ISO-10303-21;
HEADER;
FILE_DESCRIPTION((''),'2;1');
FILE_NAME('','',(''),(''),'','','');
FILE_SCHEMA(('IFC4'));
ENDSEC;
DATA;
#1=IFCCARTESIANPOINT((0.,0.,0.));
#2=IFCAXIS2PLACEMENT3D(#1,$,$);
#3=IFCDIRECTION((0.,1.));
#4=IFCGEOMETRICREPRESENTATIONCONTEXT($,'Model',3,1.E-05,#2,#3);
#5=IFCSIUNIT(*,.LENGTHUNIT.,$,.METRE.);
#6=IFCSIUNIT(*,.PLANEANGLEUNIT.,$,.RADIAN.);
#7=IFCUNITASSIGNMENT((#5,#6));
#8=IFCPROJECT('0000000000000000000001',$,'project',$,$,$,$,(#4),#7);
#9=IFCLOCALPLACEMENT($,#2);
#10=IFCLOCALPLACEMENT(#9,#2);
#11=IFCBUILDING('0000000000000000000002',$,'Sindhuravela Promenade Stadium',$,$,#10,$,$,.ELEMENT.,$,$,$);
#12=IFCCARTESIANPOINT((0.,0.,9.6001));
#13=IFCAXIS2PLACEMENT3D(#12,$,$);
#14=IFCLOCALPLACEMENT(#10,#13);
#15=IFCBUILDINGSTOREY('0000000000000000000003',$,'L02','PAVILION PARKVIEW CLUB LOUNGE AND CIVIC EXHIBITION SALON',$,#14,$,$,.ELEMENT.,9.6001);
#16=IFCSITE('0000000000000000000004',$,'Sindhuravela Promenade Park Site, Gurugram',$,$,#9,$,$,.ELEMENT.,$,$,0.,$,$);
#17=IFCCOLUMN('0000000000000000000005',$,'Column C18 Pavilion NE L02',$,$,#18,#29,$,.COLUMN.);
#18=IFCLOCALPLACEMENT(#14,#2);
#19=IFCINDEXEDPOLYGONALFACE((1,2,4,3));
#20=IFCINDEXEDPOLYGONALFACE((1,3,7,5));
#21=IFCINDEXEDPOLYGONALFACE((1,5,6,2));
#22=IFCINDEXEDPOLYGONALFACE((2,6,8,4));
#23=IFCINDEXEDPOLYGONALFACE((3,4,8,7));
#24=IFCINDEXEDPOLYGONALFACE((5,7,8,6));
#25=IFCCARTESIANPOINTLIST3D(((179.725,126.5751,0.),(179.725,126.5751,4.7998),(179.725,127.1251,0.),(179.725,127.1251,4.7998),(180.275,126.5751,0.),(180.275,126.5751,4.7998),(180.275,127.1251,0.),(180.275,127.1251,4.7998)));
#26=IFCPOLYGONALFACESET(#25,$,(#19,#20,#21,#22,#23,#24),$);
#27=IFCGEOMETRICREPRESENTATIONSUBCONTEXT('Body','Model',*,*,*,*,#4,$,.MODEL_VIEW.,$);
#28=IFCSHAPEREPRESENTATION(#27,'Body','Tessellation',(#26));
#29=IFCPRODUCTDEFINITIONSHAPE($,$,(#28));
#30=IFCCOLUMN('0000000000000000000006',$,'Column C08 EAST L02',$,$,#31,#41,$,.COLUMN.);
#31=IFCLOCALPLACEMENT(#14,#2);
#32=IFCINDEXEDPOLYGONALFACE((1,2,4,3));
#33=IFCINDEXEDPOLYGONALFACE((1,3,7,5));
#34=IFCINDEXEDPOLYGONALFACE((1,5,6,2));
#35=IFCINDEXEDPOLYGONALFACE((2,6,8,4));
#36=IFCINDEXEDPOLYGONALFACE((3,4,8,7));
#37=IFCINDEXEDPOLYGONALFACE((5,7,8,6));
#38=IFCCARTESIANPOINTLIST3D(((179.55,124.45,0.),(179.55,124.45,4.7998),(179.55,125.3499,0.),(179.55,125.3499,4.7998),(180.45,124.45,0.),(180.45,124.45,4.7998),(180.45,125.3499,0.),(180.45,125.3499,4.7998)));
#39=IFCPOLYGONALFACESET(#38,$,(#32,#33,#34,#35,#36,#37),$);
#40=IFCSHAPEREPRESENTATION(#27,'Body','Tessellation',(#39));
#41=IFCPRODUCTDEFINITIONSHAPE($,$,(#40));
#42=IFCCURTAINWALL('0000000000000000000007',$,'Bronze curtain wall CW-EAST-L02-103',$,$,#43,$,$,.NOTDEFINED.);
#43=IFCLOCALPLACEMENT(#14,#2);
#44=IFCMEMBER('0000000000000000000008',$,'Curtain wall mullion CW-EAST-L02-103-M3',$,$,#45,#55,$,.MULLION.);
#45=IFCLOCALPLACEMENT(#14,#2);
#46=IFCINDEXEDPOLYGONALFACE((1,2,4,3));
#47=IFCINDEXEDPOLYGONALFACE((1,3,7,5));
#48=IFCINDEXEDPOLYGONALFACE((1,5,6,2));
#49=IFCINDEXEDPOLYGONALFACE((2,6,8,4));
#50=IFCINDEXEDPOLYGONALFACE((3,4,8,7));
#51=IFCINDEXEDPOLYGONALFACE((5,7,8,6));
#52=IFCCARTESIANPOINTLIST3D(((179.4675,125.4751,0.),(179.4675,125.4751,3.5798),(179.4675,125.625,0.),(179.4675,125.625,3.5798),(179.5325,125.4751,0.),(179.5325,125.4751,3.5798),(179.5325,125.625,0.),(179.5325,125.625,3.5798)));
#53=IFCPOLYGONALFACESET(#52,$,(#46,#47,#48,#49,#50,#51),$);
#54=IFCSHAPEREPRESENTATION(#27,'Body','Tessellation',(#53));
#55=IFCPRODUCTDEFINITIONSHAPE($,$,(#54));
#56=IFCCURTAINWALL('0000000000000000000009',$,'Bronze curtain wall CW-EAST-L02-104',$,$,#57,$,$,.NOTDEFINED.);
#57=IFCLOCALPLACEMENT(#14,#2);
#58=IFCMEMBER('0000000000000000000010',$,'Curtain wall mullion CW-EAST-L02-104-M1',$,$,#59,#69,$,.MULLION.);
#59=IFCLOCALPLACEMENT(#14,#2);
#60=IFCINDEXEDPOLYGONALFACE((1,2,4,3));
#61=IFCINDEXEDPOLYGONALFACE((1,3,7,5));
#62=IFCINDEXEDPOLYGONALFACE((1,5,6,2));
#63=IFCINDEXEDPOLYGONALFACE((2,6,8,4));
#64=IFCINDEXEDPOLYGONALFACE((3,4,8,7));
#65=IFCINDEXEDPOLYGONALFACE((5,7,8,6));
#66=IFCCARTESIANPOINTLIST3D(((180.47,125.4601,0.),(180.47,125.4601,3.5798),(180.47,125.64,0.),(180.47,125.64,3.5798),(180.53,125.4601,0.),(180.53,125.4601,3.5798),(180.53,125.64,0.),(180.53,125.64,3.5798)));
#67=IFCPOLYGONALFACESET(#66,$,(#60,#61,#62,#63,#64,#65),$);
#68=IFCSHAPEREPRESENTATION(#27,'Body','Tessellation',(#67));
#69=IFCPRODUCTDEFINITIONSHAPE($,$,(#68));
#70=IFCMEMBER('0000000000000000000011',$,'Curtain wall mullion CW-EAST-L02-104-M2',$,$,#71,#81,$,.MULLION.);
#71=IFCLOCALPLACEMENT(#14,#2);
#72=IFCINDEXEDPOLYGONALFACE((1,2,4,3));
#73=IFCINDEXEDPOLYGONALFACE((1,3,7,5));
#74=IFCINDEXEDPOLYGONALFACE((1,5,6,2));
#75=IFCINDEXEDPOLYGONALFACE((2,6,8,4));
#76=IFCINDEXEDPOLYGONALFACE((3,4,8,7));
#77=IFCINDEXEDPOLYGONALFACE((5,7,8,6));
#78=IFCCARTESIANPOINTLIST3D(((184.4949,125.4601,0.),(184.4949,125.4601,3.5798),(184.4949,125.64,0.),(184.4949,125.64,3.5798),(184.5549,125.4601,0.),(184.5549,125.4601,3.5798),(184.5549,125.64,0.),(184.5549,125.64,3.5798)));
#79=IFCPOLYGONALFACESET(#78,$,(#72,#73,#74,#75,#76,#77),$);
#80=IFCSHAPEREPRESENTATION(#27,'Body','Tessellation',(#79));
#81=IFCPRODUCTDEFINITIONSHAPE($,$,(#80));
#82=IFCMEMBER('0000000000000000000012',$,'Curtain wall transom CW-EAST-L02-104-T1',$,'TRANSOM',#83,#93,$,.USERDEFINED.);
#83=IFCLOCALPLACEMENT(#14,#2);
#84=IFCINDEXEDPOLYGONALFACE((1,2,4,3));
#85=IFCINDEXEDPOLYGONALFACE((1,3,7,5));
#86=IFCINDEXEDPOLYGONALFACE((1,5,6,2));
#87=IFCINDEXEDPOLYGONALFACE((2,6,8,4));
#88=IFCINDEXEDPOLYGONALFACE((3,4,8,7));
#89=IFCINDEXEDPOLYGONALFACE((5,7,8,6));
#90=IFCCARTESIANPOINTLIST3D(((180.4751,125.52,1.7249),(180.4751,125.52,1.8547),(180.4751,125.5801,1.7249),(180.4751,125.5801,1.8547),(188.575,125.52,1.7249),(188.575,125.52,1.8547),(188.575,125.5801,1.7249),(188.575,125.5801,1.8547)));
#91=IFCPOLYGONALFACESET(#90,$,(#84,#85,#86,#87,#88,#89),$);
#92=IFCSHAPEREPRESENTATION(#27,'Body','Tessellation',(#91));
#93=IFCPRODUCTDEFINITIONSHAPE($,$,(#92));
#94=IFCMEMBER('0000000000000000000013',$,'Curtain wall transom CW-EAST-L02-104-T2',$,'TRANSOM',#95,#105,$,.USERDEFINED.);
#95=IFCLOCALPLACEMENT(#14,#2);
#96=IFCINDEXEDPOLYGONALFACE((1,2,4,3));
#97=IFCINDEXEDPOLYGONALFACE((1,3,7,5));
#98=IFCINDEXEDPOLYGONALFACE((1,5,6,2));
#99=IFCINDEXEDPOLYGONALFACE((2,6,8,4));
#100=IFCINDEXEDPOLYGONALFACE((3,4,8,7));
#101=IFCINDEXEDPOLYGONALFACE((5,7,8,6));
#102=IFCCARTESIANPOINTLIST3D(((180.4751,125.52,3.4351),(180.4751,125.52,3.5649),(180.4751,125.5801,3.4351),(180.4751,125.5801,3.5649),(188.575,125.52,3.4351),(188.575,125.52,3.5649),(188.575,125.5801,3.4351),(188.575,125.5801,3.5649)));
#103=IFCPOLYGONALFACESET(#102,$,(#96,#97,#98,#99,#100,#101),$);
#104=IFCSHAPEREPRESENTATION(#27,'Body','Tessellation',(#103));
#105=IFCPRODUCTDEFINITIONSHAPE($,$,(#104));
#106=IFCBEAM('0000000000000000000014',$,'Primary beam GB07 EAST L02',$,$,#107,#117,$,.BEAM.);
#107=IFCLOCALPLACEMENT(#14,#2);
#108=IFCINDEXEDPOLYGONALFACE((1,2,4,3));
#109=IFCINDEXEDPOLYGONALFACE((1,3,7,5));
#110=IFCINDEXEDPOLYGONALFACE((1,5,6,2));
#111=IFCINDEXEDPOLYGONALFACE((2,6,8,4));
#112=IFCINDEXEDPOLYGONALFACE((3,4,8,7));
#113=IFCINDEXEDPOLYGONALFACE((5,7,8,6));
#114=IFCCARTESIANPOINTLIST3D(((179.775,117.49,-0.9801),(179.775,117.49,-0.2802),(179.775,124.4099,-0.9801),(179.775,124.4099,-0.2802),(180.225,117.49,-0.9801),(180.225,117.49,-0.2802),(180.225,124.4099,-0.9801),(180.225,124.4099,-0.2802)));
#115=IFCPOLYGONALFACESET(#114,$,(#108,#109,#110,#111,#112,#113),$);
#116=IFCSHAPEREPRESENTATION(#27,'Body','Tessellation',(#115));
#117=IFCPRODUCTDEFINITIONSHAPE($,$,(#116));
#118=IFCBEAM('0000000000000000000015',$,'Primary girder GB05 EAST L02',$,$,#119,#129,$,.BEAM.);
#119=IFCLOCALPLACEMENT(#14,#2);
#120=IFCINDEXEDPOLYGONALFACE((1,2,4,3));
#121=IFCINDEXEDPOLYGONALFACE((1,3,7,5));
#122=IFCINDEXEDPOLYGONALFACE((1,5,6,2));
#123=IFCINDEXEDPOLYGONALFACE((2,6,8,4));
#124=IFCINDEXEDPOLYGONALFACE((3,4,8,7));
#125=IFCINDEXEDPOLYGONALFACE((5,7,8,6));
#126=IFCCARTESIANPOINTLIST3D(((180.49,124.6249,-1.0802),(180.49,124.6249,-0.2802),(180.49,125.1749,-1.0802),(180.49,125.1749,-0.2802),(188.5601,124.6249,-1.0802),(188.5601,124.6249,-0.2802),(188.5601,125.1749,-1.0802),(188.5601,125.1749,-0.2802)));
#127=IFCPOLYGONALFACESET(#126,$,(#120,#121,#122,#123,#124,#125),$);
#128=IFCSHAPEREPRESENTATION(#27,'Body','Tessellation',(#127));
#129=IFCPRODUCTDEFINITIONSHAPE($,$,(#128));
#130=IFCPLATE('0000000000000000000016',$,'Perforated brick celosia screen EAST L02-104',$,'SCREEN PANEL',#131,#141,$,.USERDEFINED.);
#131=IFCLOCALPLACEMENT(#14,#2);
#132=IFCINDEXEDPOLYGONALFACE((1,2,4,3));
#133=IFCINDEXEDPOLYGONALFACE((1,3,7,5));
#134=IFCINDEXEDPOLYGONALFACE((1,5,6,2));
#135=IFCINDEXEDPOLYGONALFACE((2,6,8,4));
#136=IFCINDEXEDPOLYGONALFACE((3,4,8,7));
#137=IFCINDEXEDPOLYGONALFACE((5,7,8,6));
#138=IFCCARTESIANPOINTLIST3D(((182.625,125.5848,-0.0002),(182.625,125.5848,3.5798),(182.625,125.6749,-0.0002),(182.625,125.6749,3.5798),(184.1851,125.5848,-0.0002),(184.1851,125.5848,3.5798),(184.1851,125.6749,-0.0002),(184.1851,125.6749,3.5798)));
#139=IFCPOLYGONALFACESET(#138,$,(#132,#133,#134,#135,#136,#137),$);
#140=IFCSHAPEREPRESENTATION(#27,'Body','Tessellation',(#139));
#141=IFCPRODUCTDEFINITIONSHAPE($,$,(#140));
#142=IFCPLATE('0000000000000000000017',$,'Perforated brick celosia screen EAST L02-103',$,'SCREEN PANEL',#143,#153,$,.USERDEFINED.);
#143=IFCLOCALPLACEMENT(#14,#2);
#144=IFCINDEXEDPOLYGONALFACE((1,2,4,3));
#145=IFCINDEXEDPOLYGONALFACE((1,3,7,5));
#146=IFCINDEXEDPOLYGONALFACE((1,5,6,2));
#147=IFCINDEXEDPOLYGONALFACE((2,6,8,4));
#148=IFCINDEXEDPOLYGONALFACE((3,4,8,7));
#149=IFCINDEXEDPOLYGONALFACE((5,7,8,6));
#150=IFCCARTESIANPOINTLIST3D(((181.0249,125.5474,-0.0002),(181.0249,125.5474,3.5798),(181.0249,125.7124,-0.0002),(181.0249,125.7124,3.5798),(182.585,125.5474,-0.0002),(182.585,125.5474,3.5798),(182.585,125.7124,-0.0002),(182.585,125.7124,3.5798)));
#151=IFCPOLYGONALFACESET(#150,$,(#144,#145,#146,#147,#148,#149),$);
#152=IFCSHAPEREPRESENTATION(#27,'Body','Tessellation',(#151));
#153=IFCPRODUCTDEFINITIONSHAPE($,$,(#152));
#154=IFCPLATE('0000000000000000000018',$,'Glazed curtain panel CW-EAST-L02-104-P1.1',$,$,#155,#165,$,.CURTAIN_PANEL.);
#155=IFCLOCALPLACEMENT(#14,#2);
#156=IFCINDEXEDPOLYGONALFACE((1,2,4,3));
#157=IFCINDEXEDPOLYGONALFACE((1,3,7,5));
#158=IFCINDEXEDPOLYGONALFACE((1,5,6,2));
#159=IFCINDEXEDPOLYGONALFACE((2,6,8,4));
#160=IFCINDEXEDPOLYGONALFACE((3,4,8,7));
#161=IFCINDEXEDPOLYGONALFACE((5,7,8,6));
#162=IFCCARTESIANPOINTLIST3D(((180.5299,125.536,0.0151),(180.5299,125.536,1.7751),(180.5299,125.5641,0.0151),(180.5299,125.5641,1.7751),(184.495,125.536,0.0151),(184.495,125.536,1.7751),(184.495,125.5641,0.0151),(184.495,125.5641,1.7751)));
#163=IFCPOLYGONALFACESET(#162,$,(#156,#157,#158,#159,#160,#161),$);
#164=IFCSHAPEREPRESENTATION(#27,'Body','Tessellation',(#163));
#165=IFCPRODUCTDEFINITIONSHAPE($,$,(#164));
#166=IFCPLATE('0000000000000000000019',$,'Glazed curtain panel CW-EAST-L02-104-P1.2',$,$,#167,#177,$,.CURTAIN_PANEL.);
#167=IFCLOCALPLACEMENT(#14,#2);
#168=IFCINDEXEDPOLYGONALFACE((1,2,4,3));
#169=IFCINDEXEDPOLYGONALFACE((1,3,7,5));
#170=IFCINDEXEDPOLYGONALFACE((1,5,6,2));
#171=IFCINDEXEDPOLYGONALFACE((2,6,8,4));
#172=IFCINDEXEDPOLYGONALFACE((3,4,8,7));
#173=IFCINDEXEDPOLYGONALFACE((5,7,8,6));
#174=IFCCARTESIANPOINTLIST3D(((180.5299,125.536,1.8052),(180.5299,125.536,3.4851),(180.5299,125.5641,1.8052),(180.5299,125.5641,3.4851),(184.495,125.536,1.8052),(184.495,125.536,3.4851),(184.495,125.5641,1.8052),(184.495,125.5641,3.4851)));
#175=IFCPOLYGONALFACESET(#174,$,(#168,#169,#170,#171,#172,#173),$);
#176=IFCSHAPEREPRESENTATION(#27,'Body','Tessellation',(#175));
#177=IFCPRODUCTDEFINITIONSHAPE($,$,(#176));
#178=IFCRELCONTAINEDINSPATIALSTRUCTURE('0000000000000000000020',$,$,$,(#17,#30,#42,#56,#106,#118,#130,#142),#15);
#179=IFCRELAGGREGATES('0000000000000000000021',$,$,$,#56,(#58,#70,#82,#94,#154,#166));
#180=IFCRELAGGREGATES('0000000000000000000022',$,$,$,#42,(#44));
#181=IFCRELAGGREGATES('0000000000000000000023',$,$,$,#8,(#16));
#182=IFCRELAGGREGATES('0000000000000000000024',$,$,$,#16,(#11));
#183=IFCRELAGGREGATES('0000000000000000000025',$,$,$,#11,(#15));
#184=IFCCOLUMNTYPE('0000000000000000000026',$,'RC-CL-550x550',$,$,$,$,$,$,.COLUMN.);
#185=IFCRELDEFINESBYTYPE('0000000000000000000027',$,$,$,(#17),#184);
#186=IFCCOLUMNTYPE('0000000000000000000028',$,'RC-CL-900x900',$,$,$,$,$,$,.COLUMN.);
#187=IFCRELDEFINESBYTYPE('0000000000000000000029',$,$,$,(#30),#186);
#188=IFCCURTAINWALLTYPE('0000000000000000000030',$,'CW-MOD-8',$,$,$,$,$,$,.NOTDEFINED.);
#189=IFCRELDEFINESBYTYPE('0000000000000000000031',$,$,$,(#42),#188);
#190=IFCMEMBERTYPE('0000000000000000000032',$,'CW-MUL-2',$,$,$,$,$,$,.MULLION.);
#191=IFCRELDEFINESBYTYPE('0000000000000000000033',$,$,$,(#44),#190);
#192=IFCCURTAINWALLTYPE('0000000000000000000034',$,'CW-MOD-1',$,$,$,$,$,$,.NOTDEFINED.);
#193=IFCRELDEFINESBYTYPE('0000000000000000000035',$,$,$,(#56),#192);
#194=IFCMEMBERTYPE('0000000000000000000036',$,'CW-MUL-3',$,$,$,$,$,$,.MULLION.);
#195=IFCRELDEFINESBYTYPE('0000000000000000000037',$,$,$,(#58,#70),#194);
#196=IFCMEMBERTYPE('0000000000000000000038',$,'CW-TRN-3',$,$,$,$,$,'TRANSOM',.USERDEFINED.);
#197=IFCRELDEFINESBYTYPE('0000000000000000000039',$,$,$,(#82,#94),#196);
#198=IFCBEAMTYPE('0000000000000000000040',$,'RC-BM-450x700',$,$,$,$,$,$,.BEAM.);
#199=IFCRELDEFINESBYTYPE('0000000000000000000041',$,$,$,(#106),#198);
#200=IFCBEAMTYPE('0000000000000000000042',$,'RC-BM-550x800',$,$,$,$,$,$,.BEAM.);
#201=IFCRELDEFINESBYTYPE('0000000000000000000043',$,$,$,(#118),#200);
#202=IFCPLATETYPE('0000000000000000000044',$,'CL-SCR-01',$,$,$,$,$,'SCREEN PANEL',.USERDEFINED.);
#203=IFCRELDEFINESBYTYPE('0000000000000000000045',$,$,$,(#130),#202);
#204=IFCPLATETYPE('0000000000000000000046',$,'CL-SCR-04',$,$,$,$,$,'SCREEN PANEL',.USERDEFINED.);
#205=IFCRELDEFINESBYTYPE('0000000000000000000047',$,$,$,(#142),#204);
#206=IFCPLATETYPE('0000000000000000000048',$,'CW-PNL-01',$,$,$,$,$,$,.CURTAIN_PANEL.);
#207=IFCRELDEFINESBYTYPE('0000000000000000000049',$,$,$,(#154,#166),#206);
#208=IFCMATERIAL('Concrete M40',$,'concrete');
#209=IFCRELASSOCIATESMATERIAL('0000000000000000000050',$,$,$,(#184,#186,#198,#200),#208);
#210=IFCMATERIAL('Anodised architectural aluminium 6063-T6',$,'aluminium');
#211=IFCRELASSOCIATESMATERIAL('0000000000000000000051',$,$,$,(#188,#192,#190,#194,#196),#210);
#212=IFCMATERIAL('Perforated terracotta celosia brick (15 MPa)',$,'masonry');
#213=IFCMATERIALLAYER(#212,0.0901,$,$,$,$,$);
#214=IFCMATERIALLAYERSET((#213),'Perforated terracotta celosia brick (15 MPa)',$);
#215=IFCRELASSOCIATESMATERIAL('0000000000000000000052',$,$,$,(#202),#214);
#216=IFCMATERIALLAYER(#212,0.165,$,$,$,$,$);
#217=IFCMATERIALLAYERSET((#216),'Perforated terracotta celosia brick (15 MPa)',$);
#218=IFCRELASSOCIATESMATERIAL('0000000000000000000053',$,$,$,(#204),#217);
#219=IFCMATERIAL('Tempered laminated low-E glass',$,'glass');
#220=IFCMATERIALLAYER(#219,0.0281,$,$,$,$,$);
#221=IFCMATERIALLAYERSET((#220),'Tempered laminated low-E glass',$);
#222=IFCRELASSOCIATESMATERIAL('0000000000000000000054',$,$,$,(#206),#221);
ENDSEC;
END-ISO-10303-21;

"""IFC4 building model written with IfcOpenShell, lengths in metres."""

from ifc_helpers import new_model, si_unit, direction, frame, origin, origin_2d, place, context, subcontext, project, spatial, rectangle, extrude, material, layer, layer_set, material_profile, profile_set, type_object, element, aggregate, save


model = new_model("IFC4")

# Units and contexts
model_context = context("Model", 3, precision=1e-05, world=origin(), true_north=direction((0.0, 1.0)))
body_context = subcontext(model_context, "Body", "Model", "MODEL_VIEW")
ifc_project = project(units=[si_unit("LENGTHUNIT", "METRE"), si_unit("PLANEANGLEUNIT", "RADIAN")], contexts=[model_context])

# Site, building, storey
site_placement = place(None, origin())
site = spatial("IfcSite", under=ifc_project, at=site_placement, Name="Sindhuravela Promenade Park Site, Gurugram", CompositionType="ELEMENT", RefElevation=0.0)
building_placement = place(site_placement, origin())
building = spatial("IfcBuilding", under=site, at=building_placement, Name="Sindhuravela Promenade Stadium", CompositionType="ELEMENT")
storey_placement = place(building_placement, frame((0.0, 0.0, 9.6001)))
storey = spatial("IfcBuildingStorey", under=building, at=storey_placement, Name="L02", Description="PAVILION PARKVIEW CLUB LOUNGE AND CIVIC EXHIBITION SALON", CompositionType="ELEMENT", Elevation=9.6001)

# Columns
ifc_material_1 = material(Name="Concrete M40", Category="concrete")
ifc_material_profile_1 = material_profile(ifc_material_1, rectangle(XDim=0.55, YDim=0.55, at=origin_2d()), Name="RC 550x550")
ifc_profile_set_1 = profile_set([ifc_material_profile_1], Name="Concrete M40")
column_type_1 = type_object("IfcColumnType", Name="RC-CL-550x550", PredefinedType="COLUMN", material=ifc_profile_set_1)
column_1_placement = place(storey_placement, frame((180.0, 126.8501, 0.0), z_axis=(0.0, 0.0, 1.0), x_axis=(1.0, 0.0, 0.0)))
element("IfcColumn", 1, at=column_1_placement, inside=storey, type_object=column_type_1, Name="Column C18 Pavilion NE L02", PredefinedType="COLUMN", context=body_context, shape_type="SweptSolid", body=[
    extrude(rectangle(XDim=0.55, YDim=0.55, at=origin_2d()), origin(), (0.0, 0.0, 1.0), 4.7998),
])
ifc_material_profile_2 = material_profile(ifc_material_1, rectangle(XDim=0.8999, YDim=0.8999, at=origin_2d()), Name="RC 900x900")
ifc_profile_set_2 = profile_set([ifc_material_profile_2], Name="Concrete M40")
column_type_2 = type_object("IfcColumnType", Name="RC-CL-900x900", PredefinedType="COLUMN", material=ifc_profile_set_2)
column_2_placement = place(storey_placement, frame((180.0, 124.8999, 0.0), z_axis=(0.0, 0.0, 1.0), x_axis=(1.0, 0.0, 0.0)))
element("IfcColumn", 2, at=column_2_placement, inside=storey, type_object=column_type_2, Name="Column C08 EAST L02", PredefinedType="COLUMN", context=body_context, shape_type="SweptSolid", body=[
    extrude(rectangle(XDim=0.8999, YDim=0.8999, at=origin_2d()), origin(), (0.0, 0.0, 1.0), 4.7998),
])

# Curtain wall, member
ifc_material_2 = material(Name="Anodised architectural aluminium 6063-T6", Category="aluminium")
curtain_wall_type_1 = type_object("IfcCurtainWallType", Name="CW-MOD-8", PredefinedType="NOTDEFINED", material=ifc_material_2)
curtain_wall_1_placement = place(storey_placement, origin())
curtain_wall_1 = element("IfcCurtainWall", 3, at=curtain_wall_1_placement, inside=storey, type_object=curtain_wall_type_1, Name="Bronze curtain wall CW-EAST-L02-103", PredefinedType="NOTDEFINED")
ifc_material_profile_3 = material_profile(ifc_material_2, rectangle(XDim=0.0649, YDim=0.1499, at=origin_2d()), Name="ALU MULL 65x150")
ifc_profile_set_3 = profile_set([ifc_material_profile_3], Name="Anodised architectural aluminium 6063-T6")
member_type_1 = type_object("IfcMemberType", Name="CW-MUL-2", PredefinedType="MULLION", material=ifc_profile_set_3)
member_1_placement = place(storey_placement, frame((179.5, 125.55, 0.0), z_axis=(0.0, 0.0, 1.0), x_axis=(1.0, 0.0, 0.0)))
member_1 = element("IfcMember", 4, at=member_1_placement, type_object=member_type_1, Name="Curtain wall mullion CW-EAST-L02-103-M3", PredefinedType="MULLION", context=body_context, shape_type="SweptSolid", body=[
    extrude(rectangle(XDim=0.0649, YDim=0.1499, at=origin_2d()), origin(), (0.0, 0.0, 1.0), 3.5798),
])

# Curtain wall, members
curtain_wall_type_2 = type_object("IfcCurtainWallType", Name="CW-MOD-1", PredefinedType="NOTDEFINED", material=ifc_material_2)
curtain_wall_2_placement = place(storey_placement, origin())
curtain_wall_2 = element("IfcCurtainWall", 5, at=curtain_wall_2_placement, inside=storey, type_object=curtain_wall_type_2, Name="Bronze curtain wall CW-EAST-L02-104", PredefinedType="NOTDEFINED")
ifc_material_profile_4 = material_profile(ifc_material_2, rectangle(XDim=0.0601, YDim=0.1799, at=origin_2d()), Name="ALU M60x180")
ifc_profile_set_4 = profile_set([ifc_material_profile_4], Name="Anodised architectural aluminium 6063-T6")
member_type_2 = type_object("IfcMemberType", Name="CW-MUL-3", PredefinedType="MULLION", material=ifc_profile_set_4)
member_2_placement = place(storey_placement, frame((180.5, 125.55, 0.0), z_axis=(0.0, 0.0, 1.0), x_axis=(1.0, 0.0, 0.0)))
member_2 = element("IfcMember", 6, at=member_2_placement, type_object=member_type_2, Name="Curtain wall mullion CW-EAST-L02-104-M1", PredefinedType="MULLION", context=body_context, shape_type="SweptSolid", body=[
    extrude(rectangle(XDim=0.0601, YDim=0.1799, at=origin_2d()), origin(), (0.0, 0.0, 1.0), 3.5798),
])
member_3_placement = place(storey_placement, frame((184.5249, 125.55, 0.0), z_axis=(0.0, 0.0, 1.0), x_axis=(1.0, 0.0, 0.0)))
member_3 = element("IfcMember", 7, at=member_3_placement, type_object=member_type_2, Name="Curtain wall mullion CW-EAST-L02-104-M2", PredefinedType="MULLION", context=body_context, shape_type="SweptSolid", body=[
    extrude(rectangle(XDim=0.0601, YDim=0.1799, at=origin_2d()), origin(), (0.0, 0.0, 1.0), 3.5798),
])
ifc_material_profile_5 = material_profile(ifc_material_2, rectangle(XDim=0.0601, YDim=0.1299, at=origin_2d()), Name="ALU T60x130")
ifc_profile_set_5 = profile_set([ifc_material_profile_5], Name="Anodised architectural aluminium 6063-T6")
member_type_3 = type_object("IfcMemberType", Name="CW-TRN-3", ElementType="TRANSOM", PredefinedType="USERDEFINED", material=ifc_profile_set_5)
member_4_placement = place(storey_placement, frame((180.4751, 125.55, 1.7898), z_axis=(1.0, 0.0, 0.0), x_axis=(0.0, 1.0, 0.0)))
member_4 = element("IfcMember", 8, at=member_4_placement, type_object=member_type_3, Name="Curtain wall transom CW-EAST-L02-104-T1", ObjectType="TRANSOM", PredefinedType="USERDEFINED", context=body_context, shape_type="SweptSolid", body=[
    extrude(rectangle(XDim=0.0601, YDim=0.1299, at=origin_2d()), origin(), (0.0, 0.0, 1.0), 8.0999),
])
member_5_placement = place(storey_placement, frame((180.4751, 125.55, 3.5), z_axis=(1.0, 0.0, 0.0), x_axis=(0.0, 1.0, 0.0)))
member_5 = element("IfcMember", 9, at=member_5_placement, type_object=member_type_3, Name="Curtain wall transom CW-EAST-L02-104-T2", ObjectType="TRANSOM", PredefinedType="USERDEFINED", context=body_context, shape_type="SweptSolid", body=[
    extrude(rectangle(XDim=0.0601, YDim=0.1299, at=origin_2d()), origin(), (0.0, 0.0, 1.0), 8.0999),
])

# Beams
ifc_material_profile_6 = material_profile(ifc_material_1, rectangle(XDim=0.45, YDim=0.7, at=origin_2d()), Name="RC 450x700")
ifc_profile_set_6 = profile_set([ifc_material_profile_6], Name="Concrete M40")
beam_type_1 = type_object("IfcBeamType", Name="RC-BM-450x700", PredefinedType="BEAM", material=ifc_profile_set_6)
beam_1_placement = place(storey_placement, frame((180.0, 117.49, -0.6301), z_axis=(0.0, 1.0, 0.0), x_axis=(-1.0, 0.0, 0.0)))
element("IfcBeam", 10, at=beam_1_placement, inside=storey, type_object=beam_type_1, Name="Primary beam GB07 EAST L02", PredefinedType="BEAM", context=body_context, shape_type="SweptSolid", body=[
    extrude(rectangle(XDim=0.45, YDim=0.7, at=origin_2d()), origin(), (0.0, 0.0, 1.0), 6.9199),
])
ifc_material_profile_7 = material_profile(ifc_material_1, rectangle(XDim=0.55, YDim=0.8, at=origin_2d()), Name="RC 550x800")
ifc_profile_set_7 = profile_set([ifc_material_profile_7], Name="Concrete M40")
beam_type_2 = type_object("IfcBeamType", Name="RC-BM-550x800", PredefinedType="BEAM", material=ifc_profile_set_7)
beam_2_placement = place(storey_placement, frame((180.49, 124.8999, -0.6802), z_axis=(1.0, 0.0, 0.0), x_axis=(0.0, 1.0, 0.0)))
element("IfcBeam", 11, at=beam_2_placement, inside=storey, type_object=beam_type_2, Name="Primary girder GB05 EAST L02", PredefinedType="BEAM", context=body_context, shape_type="SweptSolid", body=[
    extrude(rectangle(XDim=0.55, YDim=0.8, at=origin_2d()), origin(), (0.0, 0.0, 1.0), 8.0701),
])

# Plates
ifc_material_3 = material(Name="Perforated terracotta celosia brick (15 MPa)", Category="masonry")
ifc_layer_1 = layer(ifc_material_3, 0.0901)
ifc_layer_set_1 = layer_set([ifc_layer_1], Name="Perforated terracotta celosia brick (15 MPa)")
plate_type_1 = type_object("IfcPlateType", Name="CL-SCR-01", ElementType="SCREEN PANEL", PredefinedType="USERDEFINED", material=ifc_layer_set_1)
plate_1_placement = place(storey_placement, frame((183.405, 125.6299, -0.0002), z_axis=(0.0, 0.0, 1.0), x_axis=(1.0, 0.0, 0.0)))
element("IfcPlate", 12, at=plate_1_placement, inside=storey, type_object=plate_type_1, Name="Perforated brick celosia screen EAST L02-104", ObjectType="SCREEN PANEL", PredefinedType="USERDEFINED", context=body_context, shape_type="SweptSolid", body=[
    extrude(rectangle(XDim=1.5601, YDim=0.0901, at=origin_2d()), origin(), (0.0, 0.0, 1.0), 3.5801),
])
ifc_layer_2 = layer(ifc_material_3, 0.165)
ifc_layer_set_2 = layer_set([ifc_layer_2], Name="Perforated terracotta celosia brick (15 MPa)")
plate_type_2 = type_object("IfcPlateType", Name="CL-SCR-04", ElementType="SCREEN PANEL", PredefinedType="USERDEFINED", material=ifc_layer_set_2)
plate_2_placement = place(storey_placement, frame((181.8049, 125.6299, -0.0002), z_axis=(0.0, 0.0, 1.0), x_axis=(1.0, 0.0, 0.0)))
element("IfcPlate", 13, at=plate_2_placement, inside=storey, type_object=plate_type_2, Name="Perforated brick celosia screen EAST L02-103", ObjectType="SCREEN PANEL", PredefinedType="USERDEFINED", context=body_context, shape_type="SweptSolid", body=[
    extrude(rectangle(XDim=1.5601, YDim=0.165, at=origin_2d()), origin(), (0.0, 0.0, 1.0), 3.5801),
])

# Plates
ifc_material_4 = material(Name="Tempered laminated low-E glass", Category="glass")
ifc_layer_3 = layer(ifc_material_4, 0.0281)
ifc_layer_set_3 = layer_set([ifc_layer_3], Name="Tempered laminated low-E glass")
plate_type_3 = type_object("IfcPlateType", Name="CW-PNL-01", PredefinedType="CURTAIN_PANEL", material=ifc_layer_set_3)
plate_3_placement = place(storey_placement, frame((182.5125, 125.55, 0.0151), z_axis=(0.0, 0.0, 1.0), x_axis=(1.0, 0.0, 0.0)))
plate_3 = element("IfcPlate", 14, at=plate_3_placement, type_object=plate_type_3, Name="Glazed curtain panel CW-EAST-L02-104-P1.1", PredefinedType="CURTAIN_PANEL", context=body_context, shape_type="SweptSolid", body=[
    extrude(rectangle(XDim=3.9651, YDim=0.0281, at=origin_2d()), origin(), (0.0, 0.0, 1.0), 1.76),
])
plate_4_placement = place(storey_placement, frame((182.5125, 125.55, 1.8052), z_axis=(0.0, 0.0, 1.0), x_axis=(1.0, 0.0, 0.0)))
plate_4 = element("IfcPlate", 15, at=plate_4_placement, type_object=plate_type_3, Name="Glazed curtain panel CW-EAST-L02-104-P1.2", PredefinedType="CURTAIN_PANEL", context=body_context, shape_type="SweptSolid", body=[
    extrude(rectangle(XDim=3.9651, YDim=0.0281, at=origin_2d()), origin(), (0.0, 0.0, 1.0), 1.6799),
])
aggregate(curtain_wall_2, [member_2, member_3, member_4, member_5, plate_3, plate_4])
aggregate(curtain_wall_1, [member_1])

save(model, "model.ifc")
